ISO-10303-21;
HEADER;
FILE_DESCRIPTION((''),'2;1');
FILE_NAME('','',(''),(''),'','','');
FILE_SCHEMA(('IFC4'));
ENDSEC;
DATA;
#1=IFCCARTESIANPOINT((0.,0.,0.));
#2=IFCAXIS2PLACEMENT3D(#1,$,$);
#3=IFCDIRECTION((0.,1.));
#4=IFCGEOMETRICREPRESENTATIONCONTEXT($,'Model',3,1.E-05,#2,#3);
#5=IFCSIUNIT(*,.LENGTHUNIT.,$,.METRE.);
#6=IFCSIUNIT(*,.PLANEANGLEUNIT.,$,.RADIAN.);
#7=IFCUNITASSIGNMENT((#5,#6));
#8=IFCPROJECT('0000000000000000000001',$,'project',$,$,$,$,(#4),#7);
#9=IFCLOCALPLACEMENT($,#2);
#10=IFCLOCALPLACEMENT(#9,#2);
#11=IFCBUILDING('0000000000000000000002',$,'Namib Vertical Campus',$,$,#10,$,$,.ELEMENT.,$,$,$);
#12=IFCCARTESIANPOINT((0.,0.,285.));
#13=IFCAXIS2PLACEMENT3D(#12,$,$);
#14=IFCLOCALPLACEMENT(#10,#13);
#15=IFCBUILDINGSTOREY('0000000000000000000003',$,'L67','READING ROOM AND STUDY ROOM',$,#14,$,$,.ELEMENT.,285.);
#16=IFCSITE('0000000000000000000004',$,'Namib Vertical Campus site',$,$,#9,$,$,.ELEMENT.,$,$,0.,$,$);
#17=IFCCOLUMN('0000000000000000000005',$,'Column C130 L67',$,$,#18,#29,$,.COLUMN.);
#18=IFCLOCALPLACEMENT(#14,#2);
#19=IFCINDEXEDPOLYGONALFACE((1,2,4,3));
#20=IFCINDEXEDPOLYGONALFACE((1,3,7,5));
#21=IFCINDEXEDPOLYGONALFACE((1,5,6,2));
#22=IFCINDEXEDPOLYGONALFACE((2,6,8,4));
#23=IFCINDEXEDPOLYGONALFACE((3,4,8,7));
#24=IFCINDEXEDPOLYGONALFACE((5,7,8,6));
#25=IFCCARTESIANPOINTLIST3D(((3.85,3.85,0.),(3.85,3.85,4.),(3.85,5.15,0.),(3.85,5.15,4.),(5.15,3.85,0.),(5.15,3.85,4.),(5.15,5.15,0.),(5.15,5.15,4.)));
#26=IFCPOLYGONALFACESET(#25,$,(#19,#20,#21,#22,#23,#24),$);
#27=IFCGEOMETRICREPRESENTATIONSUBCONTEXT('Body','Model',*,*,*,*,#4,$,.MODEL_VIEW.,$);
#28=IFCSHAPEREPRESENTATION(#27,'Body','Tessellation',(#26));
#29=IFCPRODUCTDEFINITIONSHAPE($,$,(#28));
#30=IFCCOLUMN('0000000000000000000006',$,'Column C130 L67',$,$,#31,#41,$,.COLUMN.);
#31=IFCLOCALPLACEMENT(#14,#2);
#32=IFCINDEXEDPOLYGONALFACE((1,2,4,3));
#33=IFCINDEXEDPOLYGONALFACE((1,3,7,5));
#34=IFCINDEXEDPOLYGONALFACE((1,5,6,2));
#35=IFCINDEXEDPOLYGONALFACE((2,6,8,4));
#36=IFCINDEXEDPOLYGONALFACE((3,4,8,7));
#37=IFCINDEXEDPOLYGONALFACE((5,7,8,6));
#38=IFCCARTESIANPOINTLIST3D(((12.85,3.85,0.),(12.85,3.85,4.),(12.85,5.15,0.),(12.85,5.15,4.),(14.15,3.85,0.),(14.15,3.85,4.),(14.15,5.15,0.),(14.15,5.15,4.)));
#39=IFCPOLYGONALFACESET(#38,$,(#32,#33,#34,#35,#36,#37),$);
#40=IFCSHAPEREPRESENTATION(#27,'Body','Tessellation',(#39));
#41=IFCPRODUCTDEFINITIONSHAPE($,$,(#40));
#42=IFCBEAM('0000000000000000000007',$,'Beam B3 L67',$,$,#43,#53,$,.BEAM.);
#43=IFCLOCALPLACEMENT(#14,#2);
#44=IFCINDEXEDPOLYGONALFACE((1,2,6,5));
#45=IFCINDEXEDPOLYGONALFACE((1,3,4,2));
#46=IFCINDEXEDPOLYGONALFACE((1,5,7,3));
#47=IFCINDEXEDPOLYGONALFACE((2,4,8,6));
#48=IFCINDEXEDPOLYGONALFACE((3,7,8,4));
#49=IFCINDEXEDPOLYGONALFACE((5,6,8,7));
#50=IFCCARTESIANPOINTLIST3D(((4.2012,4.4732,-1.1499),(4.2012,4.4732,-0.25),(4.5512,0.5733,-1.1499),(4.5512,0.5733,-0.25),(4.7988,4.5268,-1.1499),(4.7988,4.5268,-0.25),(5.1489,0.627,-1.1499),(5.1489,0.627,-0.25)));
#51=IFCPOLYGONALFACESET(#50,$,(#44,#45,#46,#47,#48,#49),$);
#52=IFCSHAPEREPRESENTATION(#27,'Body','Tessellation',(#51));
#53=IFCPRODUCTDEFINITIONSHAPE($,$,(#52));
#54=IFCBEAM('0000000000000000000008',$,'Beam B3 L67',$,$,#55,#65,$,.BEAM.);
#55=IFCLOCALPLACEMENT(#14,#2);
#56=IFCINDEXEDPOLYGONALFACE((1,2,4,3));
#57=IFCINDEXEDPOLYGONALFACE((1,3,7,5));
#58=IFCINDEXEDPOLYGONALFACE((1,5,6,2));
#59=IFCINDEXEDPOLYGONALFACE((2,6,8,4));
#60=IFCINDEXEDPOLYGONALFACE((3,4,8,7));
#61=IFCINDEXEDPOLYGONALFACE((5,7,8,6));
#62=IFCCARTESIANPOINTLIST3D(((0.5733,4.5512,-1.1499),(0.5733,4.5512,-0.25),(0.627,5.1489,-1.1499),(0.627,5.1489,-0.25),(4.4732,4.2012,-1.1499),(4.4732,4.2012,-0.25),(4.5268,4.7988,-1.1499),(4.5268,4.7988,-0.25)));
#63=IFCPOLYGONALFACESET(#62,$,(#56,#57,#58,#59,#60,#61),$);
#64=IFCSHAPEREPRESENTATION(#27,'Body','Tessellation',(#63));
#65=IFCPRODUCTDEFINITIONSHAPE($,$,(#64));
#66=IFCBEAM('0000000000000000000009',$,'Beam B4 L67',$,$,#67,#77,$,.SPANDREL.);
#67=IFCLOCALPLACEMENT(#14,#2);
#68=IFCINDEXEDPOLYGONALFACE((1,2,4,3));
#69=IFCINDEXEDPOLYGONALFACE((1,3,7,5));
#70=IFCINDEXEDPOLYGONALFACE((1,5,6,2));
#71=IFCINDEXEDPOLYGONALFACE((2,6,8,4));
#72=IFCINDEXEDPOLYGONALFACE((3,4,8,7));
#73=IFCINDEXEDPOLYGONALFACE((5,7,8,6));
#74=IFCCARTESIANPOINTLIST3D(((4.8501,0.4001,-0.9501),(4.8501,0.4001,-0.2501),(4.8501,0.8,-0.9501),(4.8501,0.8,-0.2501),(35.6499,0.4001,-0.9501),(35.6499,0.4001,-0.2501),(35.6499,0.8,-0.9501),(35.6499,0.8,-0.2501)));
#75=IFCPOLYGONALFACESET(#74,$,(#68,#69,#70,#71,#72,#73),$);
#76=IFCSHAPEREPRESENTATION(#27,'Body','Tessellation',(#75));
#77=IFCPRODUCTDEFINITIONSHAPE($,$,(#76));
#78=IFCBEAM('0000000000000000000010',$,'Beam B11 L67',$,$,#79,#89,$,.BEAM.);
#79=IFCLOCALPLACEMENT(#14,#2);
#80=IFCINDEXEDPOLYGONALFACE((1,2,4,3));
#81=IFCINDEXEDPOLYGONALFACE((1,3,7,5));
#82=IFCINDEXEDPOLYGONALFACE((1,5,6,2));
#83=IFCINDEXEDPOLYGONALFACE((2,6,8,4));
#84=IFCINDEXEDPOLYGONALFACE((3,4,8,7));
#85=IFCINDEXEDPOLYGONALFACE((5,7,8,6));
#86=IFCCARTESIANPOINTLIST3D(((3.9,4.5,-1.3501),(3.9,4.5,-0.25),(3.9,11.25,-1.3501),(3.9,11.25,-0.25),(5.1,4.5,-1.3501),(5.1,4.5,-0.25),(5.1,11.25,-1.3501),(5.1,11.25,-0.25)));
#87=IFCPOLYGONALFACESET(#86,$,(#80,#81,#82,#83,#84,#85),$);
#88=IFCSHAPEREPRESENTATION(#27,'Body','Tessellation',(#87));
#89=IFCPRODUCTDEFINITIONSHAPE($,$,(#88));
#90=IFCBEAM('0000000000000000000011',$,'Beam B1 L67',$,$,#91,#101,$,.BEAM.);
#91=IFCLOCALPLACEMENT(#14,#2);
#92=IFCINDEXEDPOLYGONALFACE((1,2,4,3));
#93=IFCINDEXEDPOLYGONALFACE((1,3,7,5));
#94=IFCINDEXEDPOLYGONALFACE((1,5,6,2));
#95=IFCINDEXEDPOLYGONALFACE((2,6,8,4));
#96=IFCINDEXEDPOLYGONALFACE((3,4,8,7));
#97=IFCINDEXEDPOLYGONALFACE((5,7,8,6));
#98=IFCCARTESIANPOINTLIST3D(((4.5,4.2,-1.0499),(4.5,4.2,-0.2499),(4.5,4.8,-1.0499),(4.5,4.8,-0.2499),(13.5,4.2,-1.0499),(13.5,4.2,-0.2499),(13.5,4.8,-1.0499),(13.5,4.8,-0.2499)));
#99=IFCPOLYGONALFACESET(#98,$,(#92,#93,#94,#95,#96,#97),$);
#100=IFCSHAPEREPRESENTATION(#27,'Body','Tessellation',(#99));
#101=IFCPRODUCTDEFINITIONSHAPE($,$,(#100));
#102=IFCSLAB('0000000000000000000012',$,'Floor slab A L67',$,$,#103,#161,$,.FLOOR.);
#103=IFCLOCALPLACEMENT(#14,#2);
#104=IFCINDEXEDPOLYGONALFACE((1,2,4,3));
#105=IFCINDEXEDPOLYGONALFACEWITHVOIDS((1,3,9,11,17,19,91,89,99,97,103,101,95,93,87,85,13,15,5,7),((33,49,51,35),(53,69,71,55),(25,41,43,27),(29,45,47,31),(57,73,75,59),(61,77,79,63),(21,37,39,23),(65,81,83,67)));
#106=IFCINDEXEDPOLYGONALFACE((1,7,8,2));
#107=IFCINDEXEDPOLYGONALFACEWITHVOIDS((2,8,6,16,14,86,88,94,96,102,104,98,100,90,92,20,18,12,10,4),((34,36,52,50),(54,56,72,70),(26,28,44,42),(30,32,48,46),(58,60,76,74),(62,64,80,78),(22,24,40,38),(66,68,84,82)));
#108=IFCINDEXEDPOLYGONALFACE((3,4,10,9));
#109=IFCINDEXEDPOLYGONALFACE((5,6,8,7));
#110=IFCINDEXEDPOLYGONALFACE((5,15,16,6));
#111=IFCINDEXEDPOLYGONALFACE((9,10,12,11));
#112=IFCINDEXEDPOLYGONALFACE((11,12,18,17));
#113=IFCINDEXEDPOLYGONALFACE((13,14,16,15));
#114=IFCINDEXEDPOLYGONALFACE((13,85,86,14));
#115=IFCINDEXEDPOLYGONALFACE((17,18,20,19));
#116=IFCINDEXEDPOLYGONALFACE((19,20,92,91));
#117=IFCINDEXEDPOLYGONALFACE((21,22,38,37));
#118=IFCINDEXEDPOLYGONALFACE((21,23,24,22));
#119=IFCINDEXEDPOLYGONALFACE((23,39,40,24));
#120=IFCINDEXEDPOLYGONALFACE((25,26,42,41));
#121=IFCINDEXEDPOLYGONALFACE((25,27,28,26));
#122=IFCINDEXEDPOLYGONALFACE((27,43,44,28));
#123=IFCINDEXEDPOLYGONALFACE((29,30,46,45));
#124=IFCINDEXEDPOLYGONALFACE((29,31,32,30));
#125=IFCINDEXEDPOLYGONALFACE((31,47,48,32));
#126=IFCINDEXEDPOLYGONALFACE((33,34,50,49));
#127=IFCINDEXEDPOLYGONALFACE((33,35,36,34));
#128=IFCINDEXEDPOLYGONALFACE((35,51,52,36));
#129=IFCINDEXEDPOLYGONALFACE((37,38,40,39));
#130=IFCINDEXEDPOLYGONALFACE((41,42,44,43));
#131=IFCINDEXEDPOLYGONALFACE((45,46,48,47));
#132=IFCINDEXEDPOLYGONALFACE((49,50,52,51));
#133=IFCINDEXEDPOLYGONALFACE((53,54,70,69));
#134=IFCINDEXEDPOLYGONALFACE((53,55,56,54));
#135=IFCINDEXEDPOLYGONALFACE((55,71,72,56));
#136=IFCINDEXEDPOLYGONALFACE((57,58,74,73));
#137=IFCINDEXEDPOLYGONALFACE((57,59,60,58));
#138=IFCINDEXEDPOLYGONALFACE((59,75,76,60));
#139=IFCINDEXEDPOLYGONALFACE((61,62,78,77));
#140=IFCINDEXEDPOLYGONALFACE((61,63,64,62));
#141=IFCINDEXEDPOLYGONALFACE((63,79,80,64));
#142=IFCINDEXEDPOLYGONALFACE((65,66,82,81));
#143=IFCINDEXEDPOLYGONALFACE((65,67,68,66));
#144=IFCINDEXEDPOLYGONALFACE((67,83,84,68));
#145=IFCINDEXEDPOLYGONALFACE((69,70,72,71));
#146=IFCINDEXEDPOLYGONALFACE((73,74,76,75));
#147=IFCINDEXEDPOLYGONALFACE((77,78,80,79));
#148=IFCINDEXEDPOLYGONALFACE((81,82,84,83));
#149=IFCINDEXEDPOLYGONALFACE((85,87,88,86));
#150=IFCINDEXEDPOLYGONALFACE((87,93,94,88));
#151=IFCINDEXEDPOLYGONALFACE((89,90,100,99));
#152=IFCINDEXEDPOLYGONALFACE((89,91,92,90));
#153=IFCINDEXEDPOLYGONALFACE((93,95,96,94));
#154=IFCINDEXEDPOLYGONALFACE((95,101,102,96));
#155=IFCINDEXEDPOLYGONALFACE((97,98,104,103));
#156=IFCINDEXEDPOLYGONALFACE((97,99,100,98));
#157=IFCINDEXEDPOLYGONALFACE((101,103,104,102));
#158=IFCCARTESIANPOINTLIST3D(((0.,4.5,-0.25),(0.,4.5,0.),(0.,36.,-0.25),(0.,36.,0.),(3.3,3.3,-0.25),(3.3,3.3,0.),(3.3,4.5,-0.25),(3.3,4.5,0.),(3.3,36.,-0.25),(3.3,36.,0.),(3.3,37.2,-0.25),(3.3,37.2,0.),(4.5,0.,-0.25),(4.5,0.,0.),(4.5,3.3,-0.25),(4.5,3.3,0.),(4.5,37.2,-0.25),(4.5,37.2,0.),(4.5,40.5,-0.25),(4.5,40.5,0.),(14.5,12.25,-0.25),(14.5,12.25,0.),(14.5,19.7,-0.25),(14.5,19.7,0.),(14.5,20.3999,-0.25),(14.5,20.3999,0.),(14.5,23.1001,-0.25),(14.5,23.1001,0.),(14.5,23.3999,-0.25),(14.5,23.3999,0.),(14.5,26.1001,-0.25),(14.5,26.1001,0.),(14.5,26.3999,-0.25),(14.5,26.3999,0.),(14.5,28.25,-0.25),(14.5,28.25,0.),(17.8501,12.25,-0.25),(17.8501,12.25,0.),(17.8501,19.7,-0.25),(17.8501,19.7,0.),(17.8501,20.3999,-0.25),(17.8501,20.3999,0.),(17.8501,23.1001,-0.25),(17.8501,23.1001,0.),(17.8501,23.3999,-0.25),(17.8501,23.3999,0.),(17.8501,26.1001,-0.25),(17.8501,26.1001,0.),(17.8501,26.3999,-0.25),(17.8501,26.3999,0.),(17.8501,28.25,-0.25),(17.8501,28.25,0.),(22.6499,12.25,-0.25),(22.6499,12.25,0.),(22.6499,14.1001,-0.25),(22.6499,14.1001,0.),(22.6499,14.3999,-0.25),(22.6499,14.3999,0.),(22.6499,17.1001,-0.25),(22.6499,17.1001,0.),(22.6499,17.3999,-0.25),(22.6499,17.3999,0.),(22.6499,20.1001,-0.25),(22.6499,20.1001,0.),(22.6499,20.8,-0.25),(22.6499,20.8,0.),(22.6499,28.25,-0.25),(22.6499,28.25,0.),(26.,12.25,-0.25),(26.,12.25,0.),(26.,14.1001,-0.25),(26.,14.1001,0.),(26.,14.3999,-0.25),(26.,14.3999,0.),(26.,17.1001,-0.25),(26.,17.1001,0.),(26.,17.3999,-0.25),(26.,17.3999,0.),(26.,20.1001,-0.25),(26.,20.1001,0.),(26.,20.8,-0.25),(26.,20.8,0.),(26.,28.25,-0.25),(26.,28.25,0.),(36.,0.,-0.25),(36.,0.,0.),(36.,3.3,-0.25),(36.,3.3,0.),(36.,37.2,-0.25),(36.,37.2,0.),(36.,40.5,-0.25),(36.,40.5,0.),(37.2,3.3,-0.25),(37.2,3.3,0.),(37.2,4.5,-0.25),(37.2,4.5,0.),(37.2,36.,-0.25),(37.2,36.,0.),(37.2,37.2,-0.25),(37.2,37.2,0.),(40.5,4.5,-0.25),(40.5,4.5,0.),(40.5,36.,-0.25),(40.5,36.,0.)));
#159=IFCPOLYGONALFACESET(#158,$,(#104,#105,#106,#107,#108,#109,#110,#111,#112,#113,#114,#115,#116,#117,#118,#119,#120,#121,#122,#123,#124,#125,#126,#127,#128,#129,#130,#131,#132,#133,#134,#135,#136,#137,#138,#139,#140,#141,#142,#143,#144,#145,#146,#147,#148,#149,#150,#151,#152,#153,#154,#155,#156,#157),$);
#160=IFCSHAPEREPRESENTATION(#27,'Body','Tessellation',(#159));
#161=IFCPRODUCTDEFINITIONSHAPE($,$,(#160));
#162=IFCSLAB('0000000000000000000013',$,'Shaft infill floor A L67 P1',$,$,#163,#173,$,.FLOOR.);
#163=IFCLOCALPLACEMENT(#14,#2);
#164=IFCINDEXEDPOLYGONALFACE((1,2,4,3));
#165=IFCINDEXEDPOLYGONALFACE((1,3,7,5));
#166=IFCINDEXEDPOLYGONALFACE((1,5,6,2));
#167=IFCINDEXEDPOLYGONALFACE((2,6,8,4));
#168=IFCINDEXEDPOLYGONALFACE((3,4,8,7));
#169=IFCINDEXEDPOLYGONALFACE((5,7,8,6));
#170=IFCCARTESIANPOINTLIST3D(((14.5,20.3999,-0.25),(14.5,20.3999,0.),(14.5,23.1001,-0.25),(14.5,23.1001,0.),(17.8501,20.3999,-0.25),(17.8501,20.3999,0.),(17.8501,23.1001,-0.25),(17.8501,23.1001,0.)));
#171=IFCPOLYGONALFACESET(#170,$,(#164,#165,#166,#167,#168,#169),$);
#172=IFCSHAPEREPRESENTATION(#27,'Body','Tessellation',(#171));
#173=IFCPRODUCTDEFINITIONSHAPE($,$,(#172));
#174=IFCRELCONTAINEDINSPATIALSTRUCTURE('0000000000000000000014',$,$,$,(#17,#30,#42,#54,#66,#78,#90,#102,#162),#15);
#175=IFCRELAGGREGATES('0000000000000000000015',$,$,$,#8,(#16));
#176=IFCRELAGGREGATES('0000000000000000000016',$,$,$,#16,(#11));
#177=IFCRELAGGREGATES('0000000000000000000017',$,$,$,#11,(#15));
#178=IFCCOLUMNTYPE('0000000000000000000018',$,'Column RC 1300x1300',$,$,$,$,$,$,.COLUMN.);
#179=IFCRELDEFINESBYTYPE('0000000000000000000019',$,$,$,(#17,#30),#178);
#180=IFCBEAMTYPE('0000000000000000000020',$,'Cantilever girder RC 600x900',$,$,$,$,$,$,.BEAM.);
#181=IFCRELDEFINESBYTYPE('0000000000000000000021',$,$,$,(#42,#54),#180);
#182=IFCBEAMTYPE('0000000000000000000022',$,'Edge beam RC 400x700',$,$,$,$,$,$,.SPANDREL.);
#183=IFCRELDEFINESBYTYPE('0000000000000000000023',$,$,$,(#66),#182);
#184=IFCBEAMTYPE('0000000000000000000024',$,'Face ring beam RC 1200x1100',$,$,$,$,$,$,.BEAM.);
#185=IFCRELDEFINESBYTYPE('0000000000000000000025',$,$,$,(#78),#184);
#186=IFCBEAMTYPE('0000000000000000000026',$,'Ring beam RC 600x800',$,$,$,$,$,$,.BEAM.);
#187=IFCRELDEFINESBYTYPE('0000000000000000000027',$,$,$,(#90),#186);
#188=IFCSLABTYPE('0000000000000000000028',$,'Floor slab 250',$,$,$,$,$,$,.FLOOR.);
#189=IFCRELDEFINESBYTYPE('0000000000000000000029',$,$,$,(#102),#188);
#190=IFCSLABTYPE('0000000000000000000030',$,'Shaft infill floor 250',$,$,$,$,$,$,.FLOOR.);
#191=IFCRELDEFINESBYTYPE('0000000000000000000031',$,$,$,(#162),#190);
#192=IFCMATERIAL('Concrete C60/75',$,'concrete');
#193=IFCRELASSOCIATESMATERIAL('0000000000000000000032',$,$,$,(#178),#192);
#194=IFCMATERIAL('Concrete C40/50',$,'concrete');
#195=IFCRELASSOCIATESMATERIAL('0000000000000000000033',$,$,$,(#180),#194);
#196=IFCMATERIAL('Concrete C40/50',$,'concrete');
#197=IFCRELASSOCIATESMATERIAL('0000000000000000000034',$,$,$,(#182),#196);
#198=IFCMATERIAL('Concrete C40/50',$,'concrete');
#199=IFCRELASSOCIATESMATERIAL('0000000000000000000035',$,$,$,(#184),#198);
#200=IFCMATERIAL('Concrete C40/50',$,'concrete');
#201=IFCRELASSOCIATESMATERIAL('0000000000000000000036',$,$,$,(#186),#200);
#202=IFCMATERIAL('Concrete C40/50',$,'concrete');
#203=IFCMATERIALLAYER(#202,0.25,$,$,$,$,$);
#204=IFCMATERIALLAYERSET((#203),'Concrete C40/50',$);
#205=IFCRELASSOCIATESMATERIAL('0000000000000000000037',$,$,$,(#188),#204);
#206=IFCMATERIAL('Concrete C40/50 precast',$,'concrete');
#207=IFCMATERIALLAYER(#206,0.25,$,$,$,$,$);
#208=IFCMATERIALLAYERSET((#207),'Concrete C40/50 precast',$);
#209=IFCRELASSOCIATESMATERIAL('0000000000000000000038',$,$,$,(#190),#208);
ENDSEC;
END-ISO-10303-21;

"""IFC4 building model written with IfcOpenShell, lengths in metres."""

from ifc_helpers import new_model, si_unit, direction, frame, origin, origin_2d, place, context, subcontext, project, spatial, polyline, rectangle, outline, extrude, material, layer, layer_set, material_profile, profile_set, type_object, element, save


model = new_model("IFC4")

# Units and contexts
model_context = context("Model", 3, precision=1e-05, world=origin(), true_north=direction((0.0, 1.0)))
body_context = subcontext(model_context, "Body", "Model", "MODEL_VIEW")
ifc_project = project(units=[si_unit("LENGTHUNIT", "METRE"), si_unit("PLANEANGLEUNIT", "RADIAN")], contexts=[model_context])

# Site, building, storey
site_placement = place(None, origin())
site = spatial("IfcSite", under=ifc_project, at=site_placement, Name="Namib Vertical Campus site", CompositionType="ELEMENT", RefElevation=0.0)
building_placement = place(site_placement, origin())
building = spatial("IfcBuilding", under=site, at=building_placement, Name="Namib Vertical Campus", CompositionType="ELEMENT")
storey_placement = place(building_placement, frame((0.0, 0.0, 285.0)))
storey = spatial("IfcBuildingStorey", under=building, at=storey_placement, Name="L67", Description="READING ROOM AND STUDY ROOM", CompositionType="ELEMENT", Elevation=285.0)

# Columns
ifc_material_1 = material(Name="Concrete C60/75", Category="concrete")
ifc_material_profile_1 = material_profile(ifc_material_1, rectangle(XDim=1.3, YDim=1.3, at=origin_2d()))
ifc_profile_set_1 = profile_set([ifc_material_profile_1], Name="Concrete C60/75")
column_type = type_object("IfcColumnType", Name="Column RC 1300x1300", PredefinedType="COLUMN", material=ifc_profile_set_1)
for number, where, z_axis, x_axis, name in (
    (1, (4.5, 4.5, 0.0), (0.0, 0.0, 1.0), (1.0, 0.0, 0.0), "Column C130 L67"),
    (2, (13.5, 4.5, 0.0), (0.0, 0.0, 1.0), (1.0, 0.0, 0.0), "Column C130 L67"),
):
    element("IfcColumn", number, at=place(storey_placement, frame(where, z_axis=z_axis, x_axis=x_axis)), inside=storey, type_object=column_type, Name=name, PredefinedType="COLUMN", context=body_context, shape_type="SweptSolid", body=[
        extrude(rectangle(XDim=1.3, YDim=1.3, at=origin_2d()), origin(), (0.0, 0.0, 1.0), 4.0),
    ])

# Beams
ifc_material_2 = material(Name="Concrete C40/50", Category="concrete")
ifc_material_profile_2 = material_profile(ifc_material_2, rectangle(XDim=0.6001, YDim=0.8999, at=origin_2d()))
ifc_profile_set_2 = profile_set([ifc_material_profile_2], Name="Concrete C40/50")
beam_type_1 = type_object("IfcBeamType", Name="Cantilever girder RC 600x900", PredefinedType="BEAM", material=ifc_profile_set_2)
for number, where, z_axis, x_axis, name in (
    (3, (4.5, 4.5, -0.7), (0.089411, -0.995995, 0.0), (0.995995, 0.089411, 0.0), "Beam B3 L67"),
    (4, (4.5, 4.5, -0.7), (-0.995995, 0.089411, 0.0), (-0.089411, -0.995995, 0.0), "Beam B3 L67"),
):
    element("IfcBeam", number, at=place(storey_placement, frame(where, z_axis=z_axis, x_axis=x_axis)), inside=storey, type_object=beam_type_1, Name=name, PredefinedType="BEAM", context=body_context, shape_type="SweptSolid", body=[
        extrude(rectangle(XDim=0.6001, YDim=0.8999, at=origin_2d()), origin(), (0.0, 0.0, 1.0), 3.9155),
    ])
ifc_material_3 = material(Name="Concrete C40/50", Category="concrete")
ifc_material_profile_3 = material_profile(ifc_material_3, rectangle(XDim=0.3999, YDim=0.7, at=origin_2d()))
ifc_profile_set_3 = profile_set([ifc_material_profile_3], Name="Concrete C40/50")
beam_type_2 = type_object("IfcBeamType", Name="Edge beam RC 400x700", PredefinedType="SPANDREL", material=ifc_profile_set_3)
beam_1_placement = place(storey_placement, frame((4.8501, 0.6001, -0.6001), z_axis=(1.0, 0.0, 0.0), x_axis=(0.0, 1.0, 0.0)))
element("IfcBeam", 5, at=beam_1_placement, inside=storey, type_object=beam_type_2, Name="Beam B4 L67", PredefinedType="SPANDREL", context=body_context, shape_type="SweptSolid", body=[
    extrude(rectangle(XDim=0.3999, YDim=0.7, at=origin_2d()), origin(), (0.0, 0.0, 1.0), 30.7998),
])
ifc_material_4 = material(Name="Concrete C40/50", Category="concrete")
ifc_material_profile_4 = material_profile(ifc_material_4, rectangle(XDim=1.2, YDim=1.1001, at=origin_2d()))
ifc_profile_set_4 = profile_set([ifc_material_profile_4], Name="Concrete C40/50")
beam_type_3 = type_object("IfcBeamType", Name="Face ring beam RC 1200x1100", PredefinedType="BEAM", material=ifc_profile_set_4)
beam_2_placement = place(storey_placement, frame((4.5, 4.5, -0.8), z_axis=(0.0, 1.0, 0.0), x_axis=(-1.0, 0.0, 0.0)))
element("IfcBeam", 6, at=beam_2_placement, inside=storey, type_object=beam_type_3, Name="Beam B11 L67", PredefinedType="BEAM", context=body_context, shape_type="SweptSolid", body=[
    extrude(rectangle(XDim=1.2, YDim=1.1001, at=origin_2d()), origin(), (0.0, 0.0, 1.0), 6.75),
])
ifc_material_5 = material(Name="Concrete C40/50", Category="concrete")
ifc_material_profile_5 = material_profile(ifc_material_5, rectangle(XDim=0.6001, YDim=0.8, at=origin_2d()))
ifc_profile_set_5 = profile_set([ifc_material_profile_5], Name="Concrete C40/50")
beam_type_4 = type_object("IfcBeamType", Name="Ring beam RC 600x800", PredefinedType="BEAM", material=ifc_profile_set_5)
beam_3_placement = place(storey_placement, frame((4.5, 4.5, -0.6499), z_axis=(1.0, 0.0, 0.0), x_axis=(0.0, 1.0, 0.0)))
element("IfcBeam", 7, at=beam_3_placement, inside=storey, type_object=beam_type_4, Name="Beam B1 L67", PredefinedType="BEAM", context=body_context, shape_type="SweptSolid", body=[
    extrude(rectangle(XDim=0.6001, YDim=0.8, at=origin_2d()), origin(), (0.0, 0.0, 1.0), 9.0),
])

# Slabs
ifc_material_6 = material(Name="Concrete C40/50", Category="concrete")
ifc_layer_1 = layer(ifc_material_6, 0.25)
ifc_layer_set_1 = layer_set([ifc_layer_1], Name="Concrete C40/50")
slab_type_1 = type_object("IfcSlabType", Name="Floor slab 250", PredefinedType="FLOOR", material=ifc_layer_set_1)
slab_1_placement = place(storey_placement, frame((0.0, 0.0, -0.25)))
element("IfcSlab", 8, at=slab_1_placement, inside=storey, type_object=slab_type_1, Name="Floor slab A L67", PredefinedType="FLOOR", context=body_context, shape_type="SweptSolid", body=[
    extrude(outline(polyline([(4.5, 0.0), (36.0, 0.0), (36.0, 3.3), (37.2, 3.3), (37.2, 4.5), (40.5, 4.5), (40.5, 36.0), (37.2, 36.0), (37.2, 37.2), (36.0, 37.2), (36.0, 40.5), (4.5, 40.5), (4.5, 37.2), (3.3, 37.2), (3.3, 36.0), (0.0, 36.0), (0.0, 4.5), (3.3, 4.5), (3.3, 3.3), (4.5, 3.3), (4.5, 0.0)]), holes=[polyline([(14.5, 12.25), (17.8501, 12.25), (17.8501, 19.7), (14.5, 19.7), (14.5, 12.25)]), polyline([(22.6499, 20.8), (26.0, 20.8), (26.0, 28.25), (22.6499, 28.25), (22.6499, 20.8)]), polyline([(22.6499, 12.25), (26.0, 12.25), (26.0, 14.1001), (22.6499, 14.1001), (22.6499, 12.25)]), polyline([(14.5, 20.3999), (17.8501, 20.3999), (17.8501, 23.1001), (14.5, 23.1001), (14.5, 20.3999)]), polyline([(14.5, 23.3999), (17.8501, 23.3999), (17.8501, 26.1001), (14.5, 26.1001), (14.5, 23.3999)]), polyline([(14.5, 26.3999), (17.8501, 26.3999), (17.8501, 28.25), (14.5, 28.25), (14.5, 26.3999)]), polyline([(22.6499, 14.3999), (26.0, 14.3999), (26.0, 17.1001), (22.6499, 17.1001), (22.6499, 14.3999)]), polyline([(22.6499, 17.3999), (26.0, 17.3999), (26.0, 20.1001), (22.6499, 20.1001), (22.6499, 17.3999)])]), origin(), (0.0, 0.0, 1.0), 0.25),
])
ifc_material_7 = material(Name="Concrete C40/50 precast", Category="concrete")
ifc_layer_2 = layer(ifc_material_7, 0.25)
ifc_layer_set_2 = layer_set([ifc_layer_2], Name="Concrete C40/50 precast")
slab_type_2 = type_object("IfcSlabType", Name="Shaft infill floor 250", PredefinedType="FLOOR", material=ifc_layer_set_2)
slab_2_placement = place(storey_placement, frame((0.0, 0.0, -0.25)))
element("IfcSlab", 9, at=slab_2_placement, inside=storey, type_object=slab_type_2, Name="Shaft infill floor A L67 P1", PredefinedType="FLOOR", context=body_context, shape_type="SweptSolid", body=[
    extrude(outline(polyline([(14.5, 20.3999), (17.8501, 20.3999), (17.8501, 23.1001), (14.5, 23.1001), (14.5, 20.3999)])), origin(), (0.0, 0.0, 1.0), 0.25),
])

save(model, "model.ifc")
